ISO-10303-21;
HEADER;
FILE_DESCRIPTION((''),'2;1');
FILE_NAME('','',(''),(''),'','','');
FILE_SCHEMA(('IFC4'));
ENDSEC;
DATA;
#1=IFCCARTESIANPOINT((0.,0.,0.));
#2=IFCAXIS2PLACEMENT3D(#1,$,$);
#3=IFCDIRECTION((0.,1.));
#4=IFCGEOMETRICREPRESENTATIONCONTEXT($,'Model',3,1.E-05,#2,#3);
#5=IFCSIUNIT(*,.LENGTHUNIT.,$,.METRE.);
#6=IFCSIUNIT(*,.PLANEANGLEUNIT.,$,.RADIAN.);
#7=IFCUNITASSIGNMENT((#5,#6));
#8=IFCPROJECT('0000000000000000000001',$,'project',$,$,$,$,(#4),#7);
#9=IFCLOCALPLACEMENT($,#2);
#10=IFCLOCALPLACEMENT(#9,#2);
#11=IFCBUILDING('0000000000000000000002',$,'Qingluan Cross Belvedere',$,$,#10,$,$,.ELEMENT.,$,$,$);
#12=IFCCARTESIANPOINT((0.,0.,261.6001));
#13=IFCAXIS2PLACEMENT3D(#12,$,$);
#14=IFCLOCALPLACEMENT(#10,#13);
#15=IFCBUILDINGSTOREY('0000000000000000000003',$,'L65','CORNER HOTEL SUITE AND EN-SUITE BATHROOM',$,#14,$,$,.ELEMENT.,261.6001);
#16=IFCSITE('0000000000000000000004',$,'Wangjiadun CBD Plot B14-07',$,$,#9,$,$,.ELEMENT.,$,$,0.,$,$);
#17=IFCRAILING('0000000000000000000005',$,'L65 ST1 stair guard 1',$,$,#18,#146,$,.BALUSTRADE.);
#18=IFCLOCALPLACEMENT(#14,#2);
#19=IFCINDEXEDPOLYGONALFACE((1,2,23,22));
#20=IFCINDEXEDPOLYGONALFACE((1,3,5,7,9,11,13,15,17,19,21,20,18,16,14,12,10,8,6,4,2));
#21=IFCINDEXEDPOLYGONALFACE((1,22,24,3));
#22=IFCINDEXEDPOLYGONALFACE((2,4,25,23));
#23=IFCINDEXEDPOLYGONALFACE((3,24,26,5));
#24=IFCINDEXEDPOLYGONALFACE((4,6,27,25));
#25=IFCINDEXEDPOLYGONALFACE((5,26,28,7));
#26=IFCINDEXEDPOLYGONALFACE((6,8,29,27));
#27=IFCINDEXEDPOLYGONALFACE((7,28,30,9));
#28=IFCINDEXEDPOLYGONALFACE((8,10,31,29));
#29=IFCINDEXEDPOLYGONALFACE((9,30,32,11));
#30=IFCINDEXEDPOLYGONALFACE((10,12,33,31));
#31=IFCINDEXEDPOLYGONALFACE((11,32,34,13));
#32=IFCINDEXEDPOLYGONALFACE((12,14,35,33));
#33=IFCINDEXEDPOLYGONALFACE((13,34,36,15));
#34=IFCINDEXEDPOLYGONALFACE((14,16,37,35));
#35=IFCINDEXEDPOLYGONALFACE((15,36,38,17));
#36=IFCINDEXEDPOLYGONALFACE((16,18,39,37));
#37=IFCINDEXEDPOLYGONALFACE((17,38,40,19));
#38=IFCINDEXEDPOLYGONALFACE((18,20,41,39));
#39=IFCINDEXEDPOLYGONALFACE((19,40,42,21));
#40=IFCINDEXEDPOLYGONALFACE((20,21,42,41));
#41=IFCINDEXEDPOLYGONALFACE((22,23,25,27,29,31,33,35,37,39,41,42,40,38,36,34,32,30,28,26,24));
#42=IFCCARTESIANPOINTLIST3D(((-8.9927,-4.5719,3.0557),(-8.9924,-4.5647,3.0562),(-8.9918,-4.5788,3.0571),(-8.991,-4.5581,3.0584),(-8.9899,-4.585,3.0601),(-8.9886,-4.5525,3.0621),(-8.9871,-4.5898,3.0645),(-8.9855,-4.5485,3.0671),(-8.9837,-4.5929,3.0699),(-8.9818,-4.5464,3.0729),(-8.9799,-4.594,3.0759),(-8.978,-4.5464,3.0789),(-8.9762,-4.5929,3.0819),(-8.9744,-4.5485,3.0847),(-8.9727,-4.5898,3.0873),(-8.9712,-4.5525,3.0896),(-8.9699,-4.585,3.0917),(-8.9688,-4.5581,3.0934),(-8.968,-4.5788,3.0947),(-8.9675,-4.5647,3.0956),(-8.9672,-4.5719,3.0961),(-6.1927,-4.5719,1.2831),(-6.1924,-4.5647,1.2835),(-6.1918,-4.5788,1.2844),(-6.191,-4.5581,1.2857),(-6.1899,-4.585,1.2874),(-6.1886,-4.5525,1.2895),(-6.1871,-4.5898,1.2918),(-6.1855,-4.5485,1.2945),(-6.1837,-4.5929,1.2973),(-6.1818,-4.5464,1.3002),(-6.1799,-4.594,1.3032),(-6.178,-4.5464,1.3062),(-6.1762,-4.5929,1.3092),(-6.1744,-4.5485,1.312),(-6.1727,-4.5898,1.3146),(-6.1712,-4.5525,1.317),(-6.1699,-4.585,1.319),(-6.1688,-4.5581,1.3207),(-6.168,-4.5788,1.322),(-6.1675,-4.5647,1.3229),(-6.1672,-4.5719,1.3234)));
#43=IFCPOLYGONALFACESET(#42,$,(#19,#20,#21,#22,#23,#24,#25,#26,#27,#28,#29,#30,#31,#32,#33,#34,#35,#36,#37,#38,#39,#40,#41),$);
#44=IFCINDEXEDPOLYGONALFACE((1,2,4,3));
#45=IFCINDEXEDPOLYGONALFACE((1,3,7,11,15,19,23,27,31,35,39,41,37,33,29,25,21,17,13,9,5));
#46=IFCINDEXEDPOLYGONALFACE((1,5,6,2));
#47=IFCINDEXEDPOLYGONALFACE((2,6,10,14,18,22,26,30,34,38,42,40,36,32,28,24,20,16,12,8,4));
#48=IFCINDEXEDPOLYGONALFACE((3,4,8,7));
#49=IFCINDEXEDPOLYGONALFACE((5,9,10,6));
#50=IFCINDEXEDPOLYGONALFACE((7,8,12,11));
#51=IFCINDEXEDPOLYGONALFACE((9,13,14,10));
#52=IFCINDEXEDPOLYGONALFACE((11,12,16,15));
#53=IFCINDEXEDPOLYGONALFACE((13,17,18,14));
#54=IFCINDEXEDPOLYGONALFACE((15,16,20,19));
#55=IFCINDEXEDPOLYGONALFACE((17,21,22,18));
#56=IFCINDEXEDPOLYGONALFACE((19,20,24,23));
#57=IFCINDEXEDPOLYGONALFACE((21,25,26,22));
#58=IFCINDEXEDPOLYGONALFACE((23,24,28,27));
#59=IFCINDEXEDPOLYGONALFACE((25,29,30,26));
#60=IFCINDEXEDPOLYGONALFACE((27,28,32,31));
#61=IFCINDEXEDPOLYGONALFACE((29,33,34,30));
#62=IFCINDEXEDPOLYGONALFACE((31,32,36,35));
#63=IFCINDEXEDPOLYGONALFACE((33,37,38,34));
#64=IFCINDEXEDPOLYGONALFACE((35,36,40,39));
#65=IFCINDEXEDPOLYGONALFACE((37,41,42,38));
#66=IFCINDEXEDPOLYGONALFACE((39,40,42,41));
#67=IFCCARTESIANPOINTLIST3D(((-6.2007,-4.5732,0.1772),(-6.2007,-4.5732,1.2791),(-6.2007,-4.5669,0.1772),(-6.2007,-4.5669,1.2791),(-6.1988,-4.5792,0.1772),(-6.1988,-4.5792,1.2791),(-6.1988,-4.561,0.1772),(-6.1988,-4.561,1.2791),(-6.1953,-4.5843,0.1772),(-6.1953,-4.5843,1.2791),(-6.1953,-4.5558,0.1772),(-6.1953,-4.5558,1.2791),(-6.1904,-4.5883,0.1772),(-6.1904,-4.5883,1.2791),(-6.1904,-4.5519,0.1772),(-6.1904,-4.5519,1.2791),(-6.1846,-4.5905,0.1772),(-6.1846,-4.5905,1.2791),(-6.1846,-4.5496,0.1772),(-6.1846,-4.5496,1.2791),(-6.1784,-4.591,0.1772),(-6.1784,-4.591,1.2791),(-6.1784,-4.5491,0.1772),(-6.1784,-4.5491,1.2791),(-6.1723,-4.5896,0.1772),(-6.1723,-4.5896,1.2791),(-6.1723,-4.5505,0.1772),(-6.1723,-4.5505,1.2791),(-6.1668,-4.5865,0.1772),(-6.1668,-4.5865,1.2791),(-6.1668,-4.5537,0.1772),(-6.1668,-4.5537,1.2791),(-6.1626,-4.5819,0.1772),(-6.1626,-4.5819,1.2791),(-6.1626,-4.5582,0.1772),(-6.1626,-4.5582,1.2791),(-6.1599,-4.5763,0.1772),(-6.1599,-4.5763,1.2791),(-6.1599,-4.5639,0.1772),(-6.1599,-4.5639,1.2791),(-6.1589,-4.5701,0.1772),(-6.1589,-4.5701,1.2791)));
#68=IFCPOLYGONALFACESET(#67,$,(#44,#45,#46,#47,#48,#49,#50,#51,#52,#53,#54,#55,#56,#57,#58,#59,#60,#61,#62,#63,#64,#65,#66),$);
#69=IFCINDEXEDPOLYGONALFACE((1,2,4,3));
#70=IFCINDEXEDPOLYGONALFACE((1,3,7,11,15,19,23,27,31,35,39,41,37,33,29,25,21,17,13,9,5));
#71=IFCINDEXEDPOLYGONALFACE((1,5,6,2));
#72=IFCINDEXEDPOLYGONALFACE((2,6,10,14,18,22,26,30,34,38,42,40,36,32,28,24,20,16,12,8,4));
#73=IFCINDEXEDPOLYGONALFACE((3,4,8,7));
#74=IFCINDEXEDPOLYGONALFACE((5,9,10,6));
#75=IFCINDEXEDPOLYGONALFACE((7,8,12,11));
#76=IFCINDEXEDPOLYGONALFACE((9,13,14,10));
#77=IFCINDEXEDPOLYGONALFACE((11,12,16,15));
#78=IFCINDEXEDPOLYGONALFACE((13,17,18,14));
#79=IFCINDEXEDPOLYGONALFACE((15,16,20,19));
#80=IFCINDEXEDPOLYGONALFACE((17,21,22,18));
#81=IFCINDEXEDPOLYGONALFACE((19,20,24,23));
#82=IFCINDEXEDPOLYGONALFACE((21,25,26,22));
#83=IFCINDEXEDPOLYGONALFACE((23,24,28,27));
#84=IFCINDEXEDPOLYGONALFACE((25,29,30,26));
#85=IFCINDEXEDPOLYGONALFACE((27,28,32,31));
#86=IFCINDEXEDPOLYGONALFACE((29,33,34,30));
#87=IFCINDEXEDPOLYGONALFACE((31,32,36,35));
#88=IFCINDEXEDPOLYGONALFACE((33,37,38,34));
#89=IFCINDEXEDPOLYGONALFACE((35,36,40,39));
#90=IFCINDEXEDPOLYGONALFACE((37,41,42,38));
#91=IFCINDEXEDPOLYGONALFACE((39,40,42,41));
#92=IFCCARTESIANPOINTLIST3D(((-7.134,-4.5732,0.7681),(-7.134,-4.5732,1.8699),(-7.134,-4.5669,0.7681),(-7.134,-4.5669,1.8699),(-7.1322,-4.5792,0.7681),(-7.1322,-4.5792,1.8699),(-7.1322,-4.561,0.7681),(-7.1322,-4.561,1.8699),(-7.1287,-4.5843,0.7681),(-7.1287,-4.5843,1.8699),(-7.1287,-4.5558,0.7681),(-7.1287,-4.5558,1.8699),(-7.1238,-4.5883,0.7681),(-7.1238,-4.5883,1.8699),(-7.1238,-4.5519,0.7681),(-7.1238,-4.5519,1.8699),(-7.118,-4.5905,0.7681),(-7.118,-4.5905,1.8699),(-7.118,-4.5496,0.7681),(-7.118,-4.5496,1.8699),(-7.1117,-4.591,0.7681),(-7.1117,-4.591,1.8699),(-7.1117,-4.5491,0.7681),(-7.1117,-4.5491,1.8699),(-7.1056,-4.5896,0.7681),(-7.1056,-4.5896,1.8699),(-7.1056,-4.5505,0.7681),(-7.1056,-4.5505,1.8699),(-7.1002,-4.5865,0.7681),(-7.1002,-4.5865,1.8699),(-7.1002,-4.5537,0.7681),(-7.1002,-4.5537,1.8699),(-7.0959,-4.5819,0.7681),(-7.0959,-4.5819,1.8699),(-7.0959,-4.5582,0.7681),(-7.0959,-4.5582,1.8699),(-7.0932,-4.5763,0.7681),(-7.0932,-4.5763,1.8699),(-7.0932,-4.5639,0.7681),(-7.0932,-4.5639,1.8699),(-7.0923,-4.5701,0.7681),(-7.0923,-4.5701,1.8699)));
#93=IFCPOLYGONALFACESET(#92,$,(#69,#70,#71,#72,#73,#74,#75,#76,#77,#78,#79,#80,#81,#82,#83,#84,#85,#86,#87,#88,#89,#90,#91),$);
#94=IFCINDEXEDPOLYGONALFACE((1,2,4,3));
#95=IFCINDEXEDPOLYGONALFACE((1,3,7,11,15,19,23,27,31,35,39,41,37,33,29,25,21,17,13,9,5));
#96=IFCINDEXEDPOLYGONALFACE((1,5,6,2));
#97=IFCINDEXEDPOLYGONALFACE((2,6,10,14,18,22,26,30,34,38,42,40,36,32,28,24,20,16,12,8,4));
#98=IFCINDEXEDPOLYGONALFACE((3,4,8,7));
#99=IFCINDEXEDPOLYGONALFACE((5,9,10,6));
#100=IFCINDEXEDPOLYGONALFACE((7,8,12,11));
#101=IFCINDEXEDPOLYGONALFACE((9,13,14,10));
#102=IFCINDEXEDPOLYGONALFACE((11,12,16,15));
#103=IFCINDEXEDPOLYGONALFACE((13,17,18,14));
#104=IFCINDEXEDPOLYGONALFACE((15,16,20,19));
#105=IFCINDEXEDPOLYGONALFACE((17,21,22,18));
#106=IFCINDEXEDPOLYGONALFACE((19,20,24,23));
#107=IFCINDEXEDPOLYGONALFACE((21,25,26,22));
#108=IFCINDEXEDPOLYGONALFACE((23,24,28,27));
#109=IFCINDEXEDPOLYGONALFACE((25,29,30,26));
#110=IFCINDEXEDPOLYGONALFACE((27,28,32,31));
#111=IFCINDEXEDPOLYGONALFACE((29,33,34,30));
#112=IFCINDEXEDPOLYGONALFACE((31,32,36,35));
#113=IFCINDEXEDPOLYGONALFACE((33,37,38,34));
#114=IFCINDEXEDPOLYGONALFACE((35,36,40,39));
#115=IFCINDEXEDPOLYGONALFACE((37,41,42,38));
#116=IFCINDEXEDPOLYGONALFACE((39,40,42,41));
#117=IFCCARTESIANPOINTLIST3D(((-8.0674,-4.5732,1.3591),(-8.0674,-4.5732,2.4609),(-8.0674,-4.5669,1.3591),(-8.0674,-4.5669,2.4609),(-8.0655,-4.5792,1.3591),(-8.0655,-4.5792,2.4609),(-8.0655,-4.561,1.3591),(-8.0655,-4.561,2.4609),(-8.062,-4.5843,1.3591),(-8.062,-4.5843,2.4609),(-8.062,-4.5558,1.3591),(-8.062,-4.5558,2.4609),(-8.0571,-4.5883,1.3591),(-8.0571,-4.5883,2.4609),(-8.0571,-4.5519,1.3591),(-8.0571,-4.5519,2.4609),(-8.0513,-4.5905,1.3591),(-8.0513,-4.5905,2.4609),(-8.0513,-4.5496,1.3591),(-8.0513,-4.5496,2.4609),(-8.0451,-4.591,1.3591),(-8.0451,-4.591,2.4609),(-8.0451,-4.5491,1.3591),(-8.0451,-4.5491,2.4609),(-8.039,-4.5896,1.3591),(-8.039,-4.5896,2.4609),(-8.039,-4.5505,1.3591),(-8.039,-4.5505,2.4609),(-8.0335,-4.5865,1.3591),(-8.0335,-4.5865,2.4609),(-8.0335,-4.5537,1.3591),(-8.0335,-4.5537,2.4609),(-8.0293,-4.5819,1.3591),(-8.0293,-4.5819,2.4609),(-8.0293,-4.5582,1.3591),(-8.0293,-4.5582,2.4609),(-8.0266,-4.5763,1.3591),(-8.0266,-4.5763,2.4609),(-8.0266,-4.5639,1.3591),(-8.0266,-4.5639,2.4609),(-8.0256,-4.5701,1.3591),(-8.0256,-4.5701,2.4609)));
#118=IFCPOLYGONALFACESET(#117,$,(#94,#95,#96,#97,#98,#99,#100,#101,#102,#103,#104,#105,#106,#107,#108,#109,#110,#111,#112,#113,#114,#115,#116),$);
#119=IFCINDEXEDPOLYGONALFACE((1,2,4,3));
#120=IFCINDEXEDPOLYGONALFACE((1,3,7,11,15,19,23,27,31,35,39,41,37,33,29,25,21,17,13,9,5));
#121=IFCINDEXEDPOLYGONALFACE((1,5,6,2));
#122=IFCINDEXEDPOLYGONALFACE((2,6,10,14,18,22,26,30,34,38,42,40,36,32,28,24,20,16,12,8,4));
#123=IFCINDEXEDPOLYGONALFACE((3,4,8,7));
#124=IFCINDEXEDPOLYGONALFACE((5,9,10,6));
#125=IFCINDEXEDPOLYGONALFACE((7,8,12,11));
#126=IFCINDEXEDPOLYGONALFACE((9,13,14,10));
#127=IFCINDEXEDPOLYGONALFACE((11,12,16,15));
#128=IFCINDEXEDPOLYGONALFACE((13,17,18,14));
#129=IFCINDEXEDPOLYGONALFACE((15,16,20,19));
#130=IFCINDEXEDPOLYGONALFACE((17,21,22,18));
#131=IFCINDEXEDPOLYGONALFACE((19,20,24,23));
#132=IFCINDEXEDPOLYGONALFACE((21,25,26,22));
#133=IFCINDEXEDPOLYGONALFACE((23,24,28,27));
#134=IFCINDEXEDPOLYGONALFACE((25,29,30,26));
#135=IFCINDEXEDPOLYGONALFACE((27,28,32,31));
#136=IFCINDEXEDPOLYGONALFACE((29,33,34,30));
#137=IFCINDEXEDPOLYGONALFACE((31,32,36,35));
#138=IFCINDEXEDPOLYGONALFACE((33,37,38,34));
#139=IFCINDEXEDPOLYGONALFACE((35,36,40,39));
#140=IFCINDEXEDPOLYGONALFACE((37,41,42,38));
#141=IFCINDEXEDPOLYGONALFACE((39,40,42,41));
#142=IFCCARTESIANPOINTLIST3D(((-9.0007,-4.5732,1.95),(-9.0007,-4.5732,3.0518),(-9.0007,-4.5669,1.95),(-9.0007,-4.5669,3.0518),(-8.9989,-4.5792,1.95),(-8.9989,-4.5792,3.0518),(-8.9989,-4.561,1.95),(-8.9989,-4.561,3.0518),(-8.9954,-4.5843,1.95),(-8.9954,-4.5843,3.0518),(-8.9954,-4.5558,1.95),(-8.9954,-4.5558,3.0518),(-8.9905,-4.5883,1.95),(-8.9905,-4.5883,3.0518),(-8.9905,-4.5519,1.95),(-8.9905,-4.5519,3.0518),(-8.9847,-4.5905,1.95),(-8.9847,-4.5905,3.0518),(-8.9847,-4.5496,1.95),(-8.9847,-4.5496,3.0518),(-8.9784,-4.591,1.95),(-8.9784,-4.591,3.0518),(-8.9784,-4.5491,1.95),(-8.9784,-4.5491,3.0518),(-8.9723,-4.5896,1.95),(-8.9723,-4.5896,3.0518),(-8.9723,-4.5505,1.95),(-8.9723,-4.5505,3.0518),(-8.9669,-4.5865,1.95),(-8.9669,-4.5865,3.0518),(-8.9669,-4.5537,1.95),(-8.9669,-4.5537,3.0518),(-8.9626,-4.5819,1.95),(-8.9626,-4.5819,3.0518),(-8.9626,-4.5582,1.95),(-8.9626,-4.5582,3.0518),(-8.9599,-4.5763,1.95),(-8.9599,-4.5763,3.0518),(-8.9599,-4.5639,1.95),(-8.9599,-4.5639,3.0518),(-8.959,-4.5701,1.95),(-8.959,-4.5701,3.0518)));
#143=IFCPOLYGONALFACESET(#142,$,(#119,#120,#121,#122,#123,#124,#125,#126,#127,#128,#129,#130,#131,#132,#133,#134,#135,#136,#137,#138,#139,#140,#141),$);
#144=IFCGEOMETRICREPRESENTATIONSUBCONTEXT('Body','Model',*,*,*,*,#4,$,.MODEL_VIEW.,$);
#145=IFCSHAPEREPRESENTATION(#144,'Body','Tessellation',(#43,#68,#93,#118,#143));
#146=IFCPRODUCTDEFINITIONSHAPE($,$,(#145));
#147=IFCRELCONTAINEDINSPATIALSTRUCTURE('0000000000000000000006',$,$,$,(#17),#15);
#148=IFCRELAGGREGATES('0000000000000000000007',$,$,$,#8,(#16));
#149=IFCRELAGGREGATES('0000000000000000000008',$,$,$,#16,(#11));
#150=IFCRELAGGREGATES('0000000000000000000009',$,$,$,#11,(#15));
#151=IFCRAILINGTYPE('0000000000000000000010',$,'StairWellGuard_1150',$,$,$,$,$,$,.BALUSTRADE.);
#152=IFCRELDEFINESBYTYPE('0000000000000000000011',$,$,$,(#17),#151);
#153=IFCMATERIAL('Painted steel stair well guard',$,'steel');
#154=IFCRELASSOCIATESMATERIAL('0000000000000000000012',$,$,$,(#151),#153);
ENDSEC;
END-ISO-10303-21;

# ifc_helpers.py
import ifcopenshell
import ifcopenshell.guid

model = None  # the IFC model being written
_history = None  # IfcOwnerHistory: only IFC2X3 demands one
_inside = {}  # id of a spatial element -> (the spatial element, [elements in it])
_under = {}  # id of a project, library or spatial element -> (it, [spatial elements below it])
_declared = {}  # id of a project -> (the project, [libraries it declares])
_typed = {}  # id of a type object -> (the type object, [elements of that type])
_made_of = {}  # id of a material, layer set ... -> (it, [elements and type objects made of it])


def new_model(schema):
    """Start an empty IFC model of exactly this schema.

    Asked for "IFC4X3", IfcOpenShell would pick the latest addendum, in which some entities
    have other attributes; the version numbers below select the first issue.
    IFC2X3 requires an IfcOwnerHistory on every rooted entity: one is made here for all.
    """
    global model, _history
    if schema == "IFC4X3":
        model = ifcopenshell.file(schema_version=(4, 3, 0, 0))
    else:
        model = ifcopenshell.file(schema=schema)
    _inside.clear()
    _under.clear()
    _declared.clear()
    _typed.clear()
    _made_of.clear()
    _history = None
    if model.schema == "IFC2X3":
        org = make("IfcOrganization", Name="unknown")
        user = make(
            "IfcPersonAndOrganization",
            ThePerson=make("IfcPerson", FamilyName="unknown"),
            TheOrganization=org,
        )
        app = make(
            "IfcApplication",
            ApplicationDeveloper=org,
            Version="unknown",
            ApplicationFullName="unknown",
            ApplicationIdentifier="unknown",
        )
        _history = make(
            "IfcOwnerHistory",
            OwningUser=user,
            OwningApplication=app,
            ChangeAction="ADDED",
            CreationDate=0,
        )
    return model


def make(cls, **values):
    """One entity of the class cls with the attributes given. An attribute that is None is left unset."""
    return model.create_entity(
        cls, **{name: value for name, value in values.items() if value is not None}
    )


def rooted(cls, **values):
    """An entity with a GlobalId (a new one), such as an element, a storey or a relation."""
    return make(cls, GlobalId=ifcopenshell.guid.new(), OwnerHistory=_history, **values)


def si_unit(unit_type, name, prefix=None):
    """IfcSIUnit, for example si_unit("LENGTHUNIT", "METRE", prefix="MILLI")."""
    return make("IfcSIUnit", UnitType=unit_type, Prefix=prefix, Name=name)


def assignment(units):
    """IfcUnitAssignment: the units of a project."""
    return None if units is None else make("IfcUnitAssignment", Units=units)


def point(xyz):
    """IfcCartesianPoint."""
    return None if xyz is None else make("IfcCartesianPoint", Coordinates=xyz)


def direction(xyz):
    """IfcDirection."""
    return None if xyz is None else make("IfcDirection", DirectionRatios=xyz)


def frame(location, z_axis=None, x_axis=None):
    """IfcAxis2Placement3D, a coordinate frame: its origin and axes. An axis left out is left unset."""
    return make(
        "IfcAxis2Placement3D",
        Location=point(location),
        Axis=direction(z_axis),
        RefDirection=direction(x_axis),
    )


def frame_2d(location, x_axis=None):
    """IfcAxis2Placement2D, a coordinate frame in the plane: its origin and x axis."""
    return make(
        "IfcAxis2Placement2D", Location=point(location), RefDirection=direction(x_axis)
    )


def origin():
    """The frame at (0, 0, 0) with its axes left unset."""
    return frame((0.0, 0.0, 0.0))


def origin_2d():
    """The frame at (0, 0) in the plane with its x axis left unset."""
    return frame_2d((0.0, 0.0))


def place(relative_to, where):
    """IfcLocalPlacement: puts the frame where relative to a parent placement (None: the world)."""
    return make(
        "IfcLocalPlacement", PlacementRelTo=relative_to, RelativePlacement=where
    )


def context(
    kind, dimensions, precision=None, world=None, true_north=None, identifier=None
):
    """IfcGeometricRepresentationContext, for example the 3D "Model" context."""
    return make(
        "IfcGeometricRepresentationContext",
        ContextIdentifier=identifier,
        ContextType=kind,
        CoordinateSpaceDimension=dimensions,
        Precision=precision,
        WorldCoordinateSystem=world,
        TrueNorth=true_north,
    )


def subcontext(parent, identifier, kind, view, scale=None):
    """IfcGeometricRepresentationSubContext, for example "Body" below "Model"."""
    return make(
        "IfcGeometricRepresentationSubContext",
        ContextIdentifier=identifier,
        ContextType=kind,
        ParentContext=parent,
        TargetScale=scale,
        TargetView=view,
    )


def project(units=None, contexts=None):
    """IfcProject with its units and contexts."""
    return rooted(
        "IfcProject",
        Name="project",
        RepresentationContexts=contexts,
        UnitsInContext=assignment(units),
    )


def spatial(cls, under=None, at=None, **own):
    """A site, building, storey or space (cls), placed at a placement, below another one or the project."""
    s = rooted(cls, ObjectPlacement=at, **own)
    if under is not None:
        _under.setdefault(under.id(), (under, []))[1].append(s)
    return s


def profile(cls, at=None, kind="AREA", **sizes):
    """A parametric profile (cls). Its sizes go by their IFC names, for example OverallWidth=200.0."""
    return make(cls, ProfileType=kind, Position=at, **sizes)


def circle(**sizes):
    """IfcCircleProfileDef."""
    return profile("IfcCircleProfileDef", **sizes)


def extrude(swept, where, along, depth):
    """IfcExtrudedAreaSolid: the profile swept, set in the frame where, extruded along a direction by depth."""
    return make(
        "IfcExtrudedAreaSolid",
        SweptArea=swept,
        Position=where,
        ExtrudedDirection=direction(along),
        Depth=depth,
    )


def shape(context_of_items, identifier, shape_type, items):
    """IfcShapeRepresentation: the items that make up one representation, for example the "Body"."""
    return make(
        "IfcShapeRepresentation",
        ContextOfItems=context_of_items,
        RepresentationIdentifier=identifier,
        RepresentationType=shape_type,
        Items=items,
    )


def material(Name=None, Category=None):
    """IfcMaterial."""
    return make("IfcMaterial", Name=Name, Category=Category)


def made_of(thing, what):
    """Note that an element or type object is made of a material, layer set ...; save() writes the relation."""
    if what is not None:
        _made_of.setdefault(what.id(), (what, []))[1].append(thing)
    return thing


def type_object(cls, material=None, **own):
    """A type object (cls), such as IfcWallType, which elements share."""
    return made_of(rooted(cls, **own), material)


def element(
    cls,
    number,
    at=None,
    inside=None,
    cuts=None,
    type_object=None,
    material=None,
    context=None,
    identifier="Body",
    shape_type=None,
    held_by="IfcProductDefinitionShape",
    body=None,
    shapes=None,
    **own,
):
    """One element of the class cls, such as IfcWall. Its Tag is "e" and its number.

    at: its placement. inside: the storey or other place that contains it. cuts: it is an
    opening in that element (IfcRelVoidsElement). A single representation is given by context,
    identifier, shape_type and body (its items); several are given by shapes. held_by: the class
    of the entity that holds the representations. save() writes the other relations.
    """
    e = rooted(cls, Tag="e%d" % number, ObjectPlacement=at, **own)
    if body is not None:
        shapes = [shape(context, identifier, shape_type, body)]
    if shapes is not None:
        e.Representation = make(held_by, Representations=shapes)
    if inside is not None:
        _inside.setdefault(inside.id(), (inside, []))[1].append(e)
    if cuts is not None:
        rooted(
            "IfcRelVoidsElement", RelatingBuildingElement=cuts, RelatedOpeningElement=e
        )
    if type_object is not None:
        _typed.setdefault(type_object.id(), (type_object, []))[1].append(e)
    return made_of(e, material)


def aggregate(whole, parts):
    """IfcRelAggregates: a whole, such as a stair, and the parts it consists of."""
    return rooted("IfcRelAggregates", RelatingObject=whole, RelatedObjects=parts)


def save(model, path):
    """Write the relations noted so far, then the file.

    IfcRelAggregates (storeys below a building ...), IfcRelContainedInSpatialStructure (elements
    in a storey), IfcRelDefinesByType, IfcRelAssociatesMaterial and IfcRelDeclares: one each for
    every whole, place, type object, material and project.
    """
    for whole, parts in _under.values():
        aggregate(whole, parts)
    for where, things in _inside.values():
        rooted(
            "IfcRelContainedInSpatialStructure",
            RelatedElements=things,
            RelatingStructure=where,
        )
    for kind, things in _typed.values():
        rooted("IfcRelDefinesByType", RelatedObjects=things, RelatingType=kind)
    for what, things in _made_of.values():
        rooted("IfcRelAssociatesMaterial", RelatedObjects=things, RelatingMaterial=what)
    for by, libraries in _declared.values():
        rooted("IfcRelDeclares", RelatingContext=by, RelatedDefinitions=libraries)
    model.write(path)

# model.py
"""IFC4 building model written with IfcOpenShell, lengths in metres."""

from ifc_helpers import new_model, si_unit, direction, frame, origin, origin_2d, place, context, subcontext, project, spatial, circle, extrude, material, type_object, element, save


model = new_model("IFC4")

# Units and contexts
model_context = context("Model", 3, precision=1e-05, world=origin(), true_north=direction((0.0, 1.0)))
body_context = subcontext(model_context, "Body", "Model", "MODEL_VIEW")
ifc_project = project(units=[si_unit("LENGTHUNIT", "METRE"), si_unit("PLANEANGLEUNIT", "RADIAN")], contexts=[model_context])

# Site, building, storey
site_placement = place(None, origin())
site = spatial("IfcSite", under=ifc_project, at=site_placement, Name="Wangjiadun CBD Plot B14-07", CompositionType="ELEMENT", RefElevation=0.0)
building_placement = place(site_placement, origin())
building = spatial("IfcBuilding", under=site, at=building_placement, Name="Qingluan Cross Belvedere", CompositionType="ELEMENT")
storey_placement = place(building_placement, frame((0.0, 0.0, 261.6001)))
storey = spatial("IfcBuildingStorey", under=building, at=storey_placement, Name="L65", Description="CORNER HOTEL SUITE AND EN-SUITE BATHROOM", CompositionType="ELEMENT", Elevation=261.6001)

# Railing
ifc_material_1 = material(Name="Painted steel stair well guard", Category="steel")
railing_type_1 = type_object("IfcRailingType", Name="StairWellGuard_1150", PredefinedType="BALUSTRADE", material=ifc_material_1)
railing_1_placement = place(storey_placement, frame((-6.1799, -4.5701, 0.1772)))
element("IfcRailing", 1, at=railing_1_placement, inside=storey, type_object=railing_type_1, Name="L65 ST1 stair guard 1", PredefinedType="BALUSTRADE", context=body_context, shape_type="SweptSolid", body=[
    extrude(circle(Radius=0.0239, at=origin_2d()), frame((0.0, 0.0, 1.126), z_axis=(-0.844909, 0.0, 0.53491), x_axis=(0.0, -1.0, 0.0)), (0.0, 0.0, 1.0), 3.314),
    extrude(circle(Radius=0.021, at=origin_2d()), origin(), (0.0, 0.0, 1.0), 1.1018),
    extrude(circle(Radius=0.021, at=origin_2d()), frame((-0.9333, 0.0, 0.5908)), (0.0, 0.0, 1.0), 1.1018),
    extrude(circle(Radius=0.021, at=origin_2d()), frame((-1.8667, 0.0, 1.1819)), (0.0, 0.0, 1.0), 1.1018),
    extrude(circle(Radius=0.021, at=origin_2d()), frame((-2.8, 0.0, 1.7727)), (0.0, 0.0, 1.0), 1.1018),
])

save(model, "model.ifc")
